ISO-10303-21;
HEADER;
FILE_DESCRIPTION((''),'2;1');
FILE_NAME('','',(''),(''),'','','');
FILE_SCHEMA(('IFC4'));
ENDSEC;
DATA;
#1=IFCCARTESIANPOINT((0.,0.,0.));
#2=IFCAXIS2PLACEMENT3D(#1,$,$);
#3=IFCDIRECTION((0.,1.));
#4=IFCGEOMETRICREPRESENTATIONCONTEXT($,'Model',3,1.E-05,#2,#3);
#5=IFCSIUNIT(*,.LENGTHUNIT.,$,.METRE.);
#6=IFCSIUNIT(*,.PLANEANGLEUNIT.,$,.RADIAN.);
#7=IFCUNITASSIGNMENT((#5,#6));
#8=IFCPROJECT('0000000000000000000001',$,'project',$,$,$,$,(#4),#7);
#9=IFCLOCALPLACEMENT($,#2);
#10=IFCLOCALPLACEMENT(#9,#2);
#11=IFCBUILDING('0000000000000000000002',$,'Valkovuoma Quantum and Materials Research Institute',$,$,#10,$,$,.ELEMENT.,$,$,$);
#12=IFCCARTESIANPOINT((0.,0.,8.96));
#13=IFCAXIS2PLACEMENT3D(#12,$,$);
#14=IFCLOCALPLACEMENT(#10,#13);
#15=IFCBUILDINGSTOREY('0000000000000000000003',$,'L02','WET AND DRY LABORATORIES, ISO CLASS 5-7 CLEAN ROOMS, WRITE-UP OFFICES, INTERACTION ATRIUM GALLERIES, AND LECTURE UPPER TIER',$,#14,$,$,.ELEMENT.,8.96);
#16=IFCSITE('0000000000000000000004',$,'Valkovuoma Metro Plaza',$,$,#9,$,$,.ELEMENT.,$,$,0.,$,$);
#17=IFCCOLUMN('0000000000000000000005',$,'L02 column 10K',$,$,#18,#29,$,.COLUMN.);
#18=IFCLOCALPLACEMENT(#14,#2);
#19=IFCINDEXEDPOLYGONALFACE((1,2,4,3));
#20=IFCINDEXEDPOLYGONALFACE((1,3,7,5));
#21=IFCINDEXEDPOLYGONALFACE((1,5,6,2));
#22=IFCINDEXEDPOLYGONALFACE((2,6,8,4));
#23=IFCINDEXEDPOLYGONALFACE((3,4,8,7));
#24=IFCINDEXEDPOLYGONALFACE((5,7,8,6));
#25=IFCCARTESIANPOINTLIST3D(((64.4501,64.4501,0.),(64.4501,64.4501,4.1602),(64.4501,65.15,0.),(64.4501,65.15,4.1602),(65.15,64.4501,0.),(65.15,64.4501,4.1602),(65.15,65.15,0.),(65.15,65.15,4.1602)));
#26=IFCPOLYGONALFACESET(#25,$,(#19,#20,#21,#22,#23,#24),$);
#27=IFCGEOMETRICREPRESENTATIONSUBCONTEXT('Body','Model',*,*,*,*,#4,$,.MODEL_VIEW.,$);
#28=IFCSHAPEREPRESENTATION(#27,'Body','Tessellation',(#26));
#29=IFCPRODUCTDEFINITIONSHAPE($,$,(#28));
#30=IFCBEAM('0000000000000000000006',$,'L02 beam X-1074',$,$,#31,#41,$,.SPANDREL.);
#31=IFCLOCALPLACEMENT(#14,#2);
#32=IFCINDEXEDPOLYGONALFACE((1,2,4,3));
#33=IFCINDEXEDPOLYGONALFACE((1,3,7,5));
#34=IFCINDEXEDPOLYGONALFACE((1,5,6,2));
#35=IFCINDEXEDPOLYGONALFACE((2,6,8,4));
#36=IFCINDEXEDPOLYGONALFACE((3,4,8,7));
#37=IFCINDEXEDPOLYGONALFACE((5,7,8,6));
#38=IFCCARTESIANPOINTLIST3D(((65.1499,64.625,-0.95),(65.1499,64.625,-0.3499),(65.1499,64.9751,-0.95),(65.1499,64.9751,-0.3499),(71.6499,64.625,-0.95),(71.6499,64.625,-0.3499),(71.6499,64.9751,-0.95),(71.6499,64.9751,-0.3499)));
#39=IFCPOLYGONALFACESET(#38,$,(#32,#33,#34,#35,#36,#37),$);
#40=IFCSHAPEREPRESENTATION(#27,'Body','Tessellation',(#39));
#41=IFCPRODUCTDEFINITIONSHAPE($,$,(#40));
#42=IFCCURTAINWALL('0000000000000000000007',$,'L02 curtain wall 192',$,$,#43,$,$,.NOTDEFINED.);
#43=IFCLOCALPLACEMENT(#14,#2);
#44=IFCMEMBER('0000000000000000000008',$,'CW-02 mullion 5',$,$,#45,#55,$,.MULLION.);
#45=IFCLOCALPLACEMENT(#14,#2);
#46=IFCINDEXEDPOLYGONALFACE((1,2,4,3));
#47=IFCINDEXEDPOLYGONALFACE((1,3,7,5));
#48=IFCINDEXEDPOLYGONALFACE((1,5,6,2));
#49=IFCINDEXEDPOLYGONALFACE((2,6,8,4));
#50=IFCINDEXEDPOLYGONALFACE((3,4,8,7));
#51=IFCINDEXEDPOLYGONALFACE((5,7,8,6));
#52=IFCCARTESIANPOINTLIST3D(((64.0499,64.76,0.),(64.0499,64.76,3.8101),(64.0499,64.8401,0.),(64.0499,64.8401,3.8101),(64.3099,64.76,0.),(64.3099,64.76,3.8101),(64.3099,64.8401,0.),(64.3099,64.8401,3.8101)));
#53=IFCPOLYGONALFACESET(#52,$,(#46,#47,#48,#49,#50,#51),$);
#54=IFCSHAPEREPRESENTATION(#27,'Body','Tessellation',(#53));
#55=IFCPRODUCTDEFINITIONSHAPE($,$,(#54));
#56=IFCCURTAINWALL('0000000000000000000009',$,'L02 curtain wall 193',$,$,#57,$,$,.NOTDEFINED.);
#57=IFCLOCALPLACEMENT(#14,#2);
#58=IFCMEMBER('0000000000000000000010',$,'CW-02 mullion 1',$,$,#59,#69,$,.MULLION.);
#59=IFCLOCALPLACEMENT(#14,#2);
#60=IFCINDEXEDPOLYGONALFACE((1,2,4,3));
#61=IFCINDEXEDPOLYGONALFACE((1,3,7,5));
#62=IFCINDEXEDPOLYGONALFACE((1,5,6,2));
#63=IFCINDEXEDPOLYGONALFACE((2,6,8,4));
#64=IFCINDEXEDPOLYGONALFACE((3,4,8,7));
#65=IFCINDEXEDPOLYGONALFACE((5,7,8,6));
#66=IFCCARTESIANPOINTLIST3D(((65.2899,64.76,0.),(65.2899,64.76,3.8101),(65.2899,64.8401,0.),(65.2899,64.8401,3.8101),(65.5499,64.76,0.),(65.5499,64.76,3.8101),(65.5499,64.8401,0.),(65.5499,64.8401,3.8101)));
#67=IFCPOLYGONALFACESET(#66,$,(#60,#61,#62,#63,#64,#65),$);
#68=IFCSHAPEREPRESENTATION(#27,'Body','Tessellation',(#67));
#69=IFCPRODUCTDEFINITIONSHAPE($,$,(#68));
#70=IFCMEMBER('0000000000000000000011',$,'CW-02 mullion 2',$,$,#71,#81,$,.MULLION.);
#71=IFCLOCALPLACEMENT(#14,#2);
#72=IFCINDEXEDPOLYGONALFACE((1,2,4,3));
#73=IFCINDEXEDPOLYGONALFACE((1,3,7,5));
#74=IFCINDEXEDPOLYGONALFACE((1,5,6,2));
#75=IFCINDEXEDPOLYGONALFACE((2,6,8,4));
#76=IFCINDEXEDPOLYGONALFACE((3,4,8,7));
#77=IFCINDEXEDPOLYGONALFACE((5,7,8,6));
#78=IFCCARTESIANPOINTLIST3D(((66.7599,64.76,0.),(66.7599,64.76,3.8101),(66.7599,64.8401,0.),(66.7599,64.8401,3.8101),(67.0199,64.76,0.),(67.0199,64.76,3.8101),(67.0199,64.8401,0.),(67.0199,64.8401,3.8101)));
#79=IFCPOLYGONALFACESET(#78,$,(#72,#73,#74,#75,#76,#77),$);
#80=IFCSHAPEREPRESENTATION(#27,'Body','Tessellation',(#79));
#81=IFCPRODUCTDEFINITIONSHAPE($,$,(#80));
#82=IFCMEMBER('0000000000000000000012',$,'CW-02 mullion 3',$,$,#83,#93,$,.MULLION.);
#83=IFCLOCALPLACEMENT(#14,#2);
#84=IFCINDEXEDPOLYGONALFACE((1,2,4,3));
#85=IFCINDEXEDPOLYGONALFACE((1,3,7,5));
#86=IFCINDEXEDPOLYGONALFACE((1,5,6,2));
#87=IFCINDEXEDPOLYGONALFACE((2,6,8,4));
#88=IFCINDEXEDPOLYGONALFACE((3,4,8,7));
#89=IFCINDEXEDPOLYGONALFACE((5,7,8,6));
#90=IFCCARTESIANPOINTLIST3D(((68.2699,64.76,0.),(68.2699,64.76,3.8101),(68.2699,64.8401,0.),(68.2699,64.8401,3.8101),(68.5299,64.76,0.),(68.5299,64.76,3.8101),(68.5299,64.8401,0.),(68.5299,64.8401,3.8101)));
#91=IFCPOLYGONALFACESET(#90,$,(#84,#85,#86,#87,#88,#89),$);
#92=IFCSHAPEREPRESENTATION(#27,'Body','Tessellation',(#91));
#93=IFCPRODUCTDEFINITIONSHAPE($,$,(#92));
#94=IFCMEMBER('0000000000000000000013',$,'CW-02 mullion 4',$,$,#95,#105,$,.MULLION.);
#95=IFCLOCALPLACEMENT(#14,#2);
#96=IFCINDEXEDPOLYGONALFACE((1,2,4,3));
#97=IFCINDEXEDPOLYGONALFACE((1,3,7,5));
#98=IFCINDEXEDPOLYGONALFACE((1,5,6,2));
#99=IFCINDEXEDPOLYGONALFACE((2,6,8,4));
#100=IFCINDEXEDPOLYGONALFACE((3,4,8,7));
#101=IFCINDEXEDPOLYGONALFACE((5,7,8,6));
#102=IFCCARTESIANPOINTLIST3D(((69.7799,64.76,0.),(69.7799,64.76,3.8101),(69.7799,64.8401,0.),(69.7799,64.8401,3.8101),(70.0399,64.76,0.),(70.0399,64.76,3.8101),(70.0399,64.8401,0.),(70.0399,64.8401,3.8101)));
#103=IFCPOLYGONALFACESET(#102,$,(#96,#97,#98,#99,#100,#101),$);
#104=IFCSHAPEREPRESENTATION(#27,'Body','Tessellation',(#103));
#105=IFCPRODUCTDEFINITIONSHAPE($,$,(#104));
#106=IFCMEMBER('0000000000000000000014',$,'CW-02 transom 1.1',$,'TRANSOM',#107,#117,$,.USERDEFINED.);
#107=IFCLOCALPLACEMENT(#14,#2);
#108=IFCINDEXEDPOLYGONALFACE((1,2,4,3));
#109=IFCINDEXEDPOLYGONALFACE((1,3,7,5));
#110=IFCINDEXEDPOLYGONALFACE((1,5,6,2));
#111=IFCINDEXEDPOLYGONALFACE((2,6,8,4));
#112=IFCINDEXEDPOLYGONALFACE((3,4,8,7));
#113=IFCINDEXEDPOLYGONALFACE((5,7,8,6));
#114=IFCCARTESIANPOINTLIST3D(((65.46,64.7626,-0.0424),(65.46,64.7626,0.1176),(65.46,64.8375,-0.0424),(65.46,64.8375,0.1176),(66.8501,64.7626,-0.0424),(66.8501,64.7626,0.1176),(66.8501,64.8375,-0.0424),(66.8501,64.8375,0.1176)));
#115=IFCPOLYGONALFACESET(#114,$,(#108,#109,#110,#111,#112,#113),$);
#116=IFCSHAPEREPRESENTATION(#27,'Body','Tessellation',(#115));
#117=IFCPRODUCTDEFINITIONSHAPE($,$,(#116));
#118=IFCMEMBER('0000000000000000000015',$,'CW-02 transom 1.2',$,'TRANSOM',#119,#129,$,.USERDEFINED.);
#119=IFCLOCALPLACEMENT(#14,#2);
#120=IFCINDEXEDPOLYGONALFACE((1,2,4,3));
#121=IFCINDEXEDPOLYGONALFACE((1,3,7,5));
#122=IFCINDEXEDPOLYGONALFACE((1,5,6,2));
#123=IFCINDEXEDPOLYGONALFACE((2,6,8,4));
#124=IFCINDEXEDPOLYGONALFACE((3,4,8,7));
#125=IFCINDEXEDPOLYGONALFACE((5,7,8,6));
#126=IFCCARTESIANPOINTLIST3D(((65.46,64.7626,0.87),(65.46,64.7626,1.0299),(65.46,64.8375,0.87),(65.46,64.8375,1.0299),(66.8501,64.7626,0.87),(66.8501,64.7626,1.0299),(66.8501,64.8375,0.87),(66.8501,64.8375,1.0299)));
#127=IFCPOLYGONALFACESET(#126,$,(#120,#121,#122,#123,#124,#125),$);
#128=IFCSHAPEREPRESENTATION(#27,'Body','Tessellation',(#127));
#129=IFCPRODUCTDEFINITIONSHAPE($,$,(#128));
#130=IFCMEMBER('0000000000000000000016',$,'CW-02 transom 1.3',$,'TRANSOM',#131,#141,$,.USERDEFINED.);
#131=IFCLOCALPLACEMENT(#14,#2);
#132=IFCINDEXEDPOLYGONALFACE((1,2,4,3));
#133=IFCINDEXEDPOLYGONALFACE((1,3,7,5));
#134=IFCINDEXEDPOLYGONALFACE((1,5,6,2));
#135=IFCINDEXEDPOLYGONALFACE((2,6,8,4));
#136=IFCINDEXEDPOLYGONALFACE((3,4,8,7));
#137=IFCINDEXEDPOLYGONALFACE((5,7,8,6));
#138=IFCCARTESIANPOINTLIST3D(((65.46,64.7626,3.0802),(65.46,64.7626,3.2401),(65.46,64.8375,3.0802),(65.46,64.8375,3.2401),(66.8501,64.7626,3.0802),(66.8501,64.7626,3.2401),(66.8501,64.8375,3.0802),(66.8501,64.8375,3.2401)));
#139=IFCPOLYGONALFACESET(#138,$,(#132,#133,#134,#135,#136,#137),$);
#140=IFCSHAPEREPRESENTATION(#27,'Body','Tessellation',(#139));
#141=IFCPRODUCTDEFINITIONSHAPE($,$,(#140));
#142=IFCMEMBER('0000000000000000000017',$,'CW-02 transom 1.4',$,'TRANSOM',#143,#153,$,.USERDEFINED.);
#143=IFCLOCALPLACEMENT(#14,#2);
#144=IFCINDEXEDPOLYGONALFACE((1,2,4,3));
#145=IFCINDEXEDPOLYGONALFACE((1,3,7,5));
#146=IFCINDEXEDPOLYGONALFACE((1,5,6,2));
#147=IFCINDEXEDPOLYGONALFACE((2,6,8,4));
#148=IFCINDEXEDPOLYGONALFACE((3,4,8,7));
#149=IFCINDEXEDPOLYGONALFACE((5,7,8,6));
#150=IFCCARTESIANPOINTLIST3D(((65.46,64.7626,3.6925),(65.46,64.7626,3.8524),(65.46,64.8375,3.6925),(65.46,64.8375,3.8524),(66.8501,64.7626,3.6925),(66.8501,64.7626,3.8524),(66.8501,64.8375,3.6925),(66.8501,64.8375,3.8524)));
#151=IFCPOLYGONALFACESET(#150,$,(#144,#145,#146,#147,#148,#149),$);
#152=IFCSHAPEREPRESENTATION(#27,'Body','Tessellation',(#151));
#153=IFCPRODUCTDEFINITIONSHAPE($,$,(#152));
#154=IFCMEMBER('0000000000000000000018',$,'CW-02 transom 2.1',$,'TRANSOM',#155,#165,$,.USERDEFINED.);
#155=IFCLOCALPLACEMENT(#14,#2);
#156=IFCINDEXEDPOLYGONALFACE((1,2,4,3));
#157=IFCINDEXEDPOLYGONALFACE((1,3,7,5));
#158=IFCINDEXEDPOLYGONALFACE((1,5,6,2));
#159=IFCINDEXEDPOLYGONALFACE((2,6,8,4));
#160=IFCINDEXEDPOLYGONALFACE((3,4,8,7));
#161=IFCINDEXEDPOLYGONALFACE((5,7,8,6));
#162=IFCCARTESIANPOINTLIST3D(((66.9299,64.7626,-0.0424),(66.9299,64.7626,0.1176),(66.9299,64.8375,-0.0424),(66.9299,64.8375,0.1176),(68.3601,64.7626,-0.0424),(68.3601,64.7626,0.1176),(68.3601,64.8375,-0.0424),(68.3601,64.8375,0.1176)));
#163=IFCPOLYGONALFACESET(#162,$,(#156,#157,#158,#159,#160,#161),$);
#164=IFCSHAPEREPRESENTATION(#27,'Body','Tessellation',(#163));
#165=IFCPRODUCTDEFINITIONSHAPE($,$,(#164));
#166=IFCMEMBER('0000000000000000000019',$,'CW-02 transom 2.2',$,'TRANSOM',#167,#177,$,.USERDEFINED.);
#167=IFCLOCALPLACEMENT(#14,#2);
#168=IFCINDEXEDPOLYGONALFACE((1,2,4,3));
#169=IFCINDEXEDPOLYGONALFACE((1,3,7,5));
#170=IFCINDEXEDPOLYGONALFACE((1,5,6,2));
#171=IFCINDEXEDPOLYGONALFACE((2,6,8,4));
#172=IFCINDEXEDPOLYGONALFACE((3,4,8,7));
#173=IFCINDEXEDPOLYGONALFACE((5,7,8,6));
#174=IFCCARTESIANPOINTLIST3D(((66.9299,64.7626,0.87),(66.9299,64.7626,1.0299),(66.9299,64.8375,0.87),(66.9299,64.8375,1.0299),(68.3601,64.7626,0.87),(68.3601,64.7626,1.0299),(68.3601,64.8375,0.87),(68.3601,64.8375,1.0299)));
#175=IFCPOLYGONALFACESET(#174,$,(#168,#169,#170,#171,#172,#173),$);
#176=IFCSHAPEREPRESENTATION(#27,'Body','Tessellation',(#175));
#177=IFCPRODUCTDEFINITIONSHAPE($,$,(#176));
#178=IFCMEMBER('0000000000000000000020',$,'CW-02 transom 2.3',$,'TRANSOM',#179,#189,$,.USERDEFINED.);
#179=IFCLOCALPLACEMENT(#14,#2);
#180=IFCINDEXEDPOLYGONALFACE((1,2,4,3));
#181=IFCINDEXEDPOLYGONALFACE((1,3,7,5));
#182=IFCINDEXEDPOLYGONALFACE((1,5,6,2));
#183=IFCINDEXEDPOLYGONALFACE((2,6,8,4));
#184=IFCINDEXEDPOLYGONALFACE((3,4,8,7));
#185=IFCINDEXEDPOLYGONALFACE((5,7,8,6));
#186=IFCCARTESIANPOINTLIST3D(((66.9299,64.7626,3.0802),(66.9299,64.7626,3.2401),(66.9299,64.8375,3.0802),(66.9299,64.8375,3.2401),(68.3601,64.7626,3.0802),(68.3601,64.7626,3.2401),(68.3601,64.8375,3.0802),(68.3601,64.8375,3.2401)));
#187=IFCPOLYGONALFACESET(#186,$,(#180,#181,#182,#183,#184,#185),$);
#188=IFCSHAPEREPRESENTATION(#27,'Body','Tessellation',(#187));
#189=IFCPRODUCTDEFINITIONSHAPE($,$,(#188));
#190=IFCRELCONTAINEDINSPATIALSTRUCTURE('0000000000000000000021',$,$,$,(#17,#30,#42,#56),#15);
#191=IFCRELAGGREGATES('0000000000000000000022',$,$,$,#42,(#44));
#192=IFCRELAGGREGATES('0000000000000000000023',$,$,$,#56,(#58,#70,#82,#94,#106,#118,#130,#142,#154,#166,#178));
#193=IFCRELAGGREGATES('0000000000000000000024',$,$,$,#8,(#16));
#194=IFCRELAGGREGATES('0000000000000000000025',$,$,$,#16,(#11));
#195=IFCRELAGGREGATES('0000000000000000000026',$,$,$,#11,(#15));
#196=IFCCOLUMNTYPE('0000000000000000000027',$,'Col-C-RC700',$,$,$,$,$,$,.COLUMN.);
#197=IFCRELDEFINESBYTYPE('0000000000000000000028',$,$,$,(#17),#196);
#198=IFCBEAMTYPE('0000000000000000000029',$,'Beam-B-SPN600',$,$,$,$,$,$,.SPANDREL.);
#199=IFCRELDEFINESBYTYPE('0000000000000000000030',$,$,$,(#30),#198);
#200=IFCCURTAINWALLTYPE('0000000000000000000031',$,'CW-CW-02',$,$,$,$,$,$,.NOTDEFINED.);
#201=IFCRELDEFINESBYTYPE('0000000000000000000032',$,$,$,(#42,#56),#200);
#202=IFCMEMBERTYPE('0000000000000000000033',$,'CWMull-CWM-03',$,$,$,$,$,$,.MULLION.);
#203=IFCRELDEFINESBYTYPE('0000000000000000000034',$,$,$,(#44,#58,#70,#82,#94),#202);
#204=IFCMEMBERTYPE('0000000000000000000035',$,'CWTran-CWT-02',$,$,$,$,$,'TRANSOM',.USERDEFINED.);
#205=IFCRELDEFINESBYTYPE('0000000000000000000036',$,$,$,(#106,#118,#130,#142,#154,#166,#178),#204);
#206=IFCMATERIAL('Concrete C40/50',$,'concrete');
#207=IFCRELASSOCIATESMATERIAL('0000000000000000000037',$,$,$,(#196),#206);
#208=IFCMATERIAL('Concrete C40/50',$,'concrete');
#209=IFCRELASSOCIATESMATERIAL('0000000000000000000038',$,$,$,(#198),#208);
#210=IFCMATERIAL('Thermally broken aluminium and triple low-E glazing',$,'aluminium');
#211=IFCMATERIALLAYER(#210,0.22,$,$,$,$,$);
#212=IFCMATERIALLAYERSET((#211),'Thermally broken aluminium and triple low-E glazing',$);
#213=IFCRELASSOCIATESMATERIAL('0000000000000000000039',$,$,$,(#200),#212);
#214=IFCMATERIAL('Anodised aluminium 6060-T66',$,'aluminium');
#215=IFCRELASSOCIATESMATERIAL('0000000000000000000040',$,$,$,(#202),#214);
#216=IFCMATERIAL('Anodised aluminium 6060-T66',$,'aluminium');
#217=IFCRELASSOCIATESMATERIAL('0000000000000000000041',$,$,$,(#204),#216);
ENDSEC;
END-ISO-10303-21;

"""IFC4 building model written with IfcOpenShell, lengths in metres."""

from ifc_helpers import new_model, si_unit, direction, frame, origin, origin_2d, place, context, subcontext, project, spatial, rectangle, extrude, material, layer, layer_set, material_profile, profile_set, type_object, element, aggregate, save


model = new_model("IFC4")

# Units and contexts
model_context = context("Model", 3, precision=1e-05, world=origin(), true_north=direction((0.0, 1.0)))
body_context = subcontext(model_context, "Body", "Model", "MODEL_VIEW")
ifc_project = project(units=[si_unit("LENGTHUNIT", "METRE"), si_unit("PLANEANGLEUNIT", "RADIAN")], contexts=[model_context])

# Site, building, storey
site_placement = place(None, origin())
site = spatial("IfcSite", under=ifc_project, at=site_placement, Name="Valkovuoma Metro Plaza", CompositionType="ELEMENT", RefElevation=0.0)
building_placement = place(site_placement, origin())
building = spatial("IfcBuilding", under=site, at=building_placement, Name="Valkovuoma Quantum and Materials Research Institute", CompositionType="ELEMENT")
storey_placement = place(building_placement, frame((0.0, 0.0, 8.96)))
storey = spatial("IfcBuildingStorey", under=building, at=storey_placement, Name="L02", Description="WET AND DRY LABORATORIES, ISO CLASS 5-7 CLEAN ROOMS, WRITE-UP OFFICES, INTERACTION ATRIUM GALLERIES, AND LECTURE UPPER TIER", CompositionType="ELEMENT", Elevation=8.96)

# Column
ifc_material_1 = material(Name="Concrete C40/50", Category="concrete")
ifc_material_profile_1 = material_profile(ifc_material_1, rectangle(XDim=0.7, YDim=0.7, at=origin_2d()), Name="Concrete C40/50")
ifc_profile_set_1 = profile_set([ifc_material_profile_1], Name="Concrete C40/50")
column_type = type_object("IfcColumnType", Name="Col-C-RC700", PredefinedType="COLUMN", material=ifc_profile_set_1)
column_placement = place(storey_placement, frame((64.8, 64.8, 0.0), z_axis=(0.0, 0.0, 1.0), x_axis=(1.0, 0.0, 0.0)))
element("IfcColumn", 1, at=column_placement, inside=storey, type_object=column_type, Name="L02 column 10K", PredefinedType="COLUMN", context=body_context, shape_type="SweptSolid", body=[
    extrude(rectangle(XDim=0.7, YDim=0.7, at=origin_2d()), origin(), (0.0, 0.0, 1.0), 4.1602),
])

# Beam
ifc_material_2 = material(Name="Concrete C40/50", Category="concrete")
ifc_material_profile_2 = material_profile(ifc_material_2, rectangle(XDim=0.3501, YDim=0.6001, at=origin_2d()), Name="Concrete C40/50")
ifc_profile_set_2 = profile_set([ifc_material_profile_2], Name="Concrete C40/50")
beam_type = type_object("IfcBeamType", Name="Beam-B-SPN600", PredefinedType="SPANDREL", material=ifc_profile_set_2)
beam_placement = place(storey_placement, frame((65.1499, 64.8, -0.6499), z_axis=(1.0, 0.0, 0.0), x_axis=(0.0, 1.0, 0.0)))
element("IfcBeam", 2, at=beam_placement, inside=storey, type_object=beam_type, Name="L02 beam X-1074", PredefinedType="SPANDREL", context=body_context, shape_type="SweptSolid", body=[
    extrude(rectangle(XDim=0.3501, YDim=0.6001, at=origin_2d()), origin(), (0.0, 0.0, 1.0), 6.5),
])

# Curtain wall, member
ifc_material_3 = material(Name="Thermally broken aluminium and triple low-E glazing", Category="aluminium")
ifc_layer_1 = layer(ifc_material_3, 0.22)
ifc_layer_set_1 = layer_set([ifc_layer_1], Name="Thermally broken aluminium and triple low-E glazing")
curtain_wall_type = type_object("IfcCurtainWallType", Name="CW-CW-02", PredefinedType="NOTDEFINED", material=ifc_layer_set_1)
curtain_wall_1_placement = place(storey_placement, origin())
curtain_wall_1 = element("IfcCurtainWall", 3, at=curtain_wall_1_placement, inside=storey, type_object=curtain_wall_type, Name="L02 curtain wall 192", PredefinedType="NOTDEFINED")
ifc_material_4 = material(Name="Anodised aluminium 6060-T66", Category="aluminium")
ifc_material_profile_3 = material_profile(ifc_material_4, rectangle(XDim=0.0801, YDim=0.26, at=origin_2d()), Name="Anodised aluminium 6060-T66")
ifc_profile_set_3 = profile_set([ifc_material_profile_3], Name="Anodised aluminium 6060-T66")
member_type_1 = type_object("IfcMemberType", Name="CWMull-CWM-03", PredefinedType="MULLION", material=ifc_profile_set_3)
member_1_placement = place(storey_placement, frame((64.1799, 64.8, 0.0), z_axis=(0.0, 0.0, 1.0), x_axis=(0.0, 1.0, 0.0)))
member_1 = element("IfcMember", 4, at=member_1_placement, type_object=member_type_1, Name="CW-02 mullion 5", PredefinedType="MULLION", context=body_context, shape_type="SweptSolid", body=[
    extrude(rectangle(XDim=0.0801, YDim=0.26, at=origin_2d()), origin(), (0.0, 0.0, 1.0), 3.8101),
])

# Curtain wall, members
curtain_wall_2_placement = place(storey_placement, origin())
curtain_wall_2 = element("IfcCurtainWall", 5, at=curtain_wall_2_placement, inside=storey, type_object=curtain_wall_type, Name="L02 curtain wall 193", PredefinedType="NOTDEFINED")
member_2_placement = place(storey_placement, frame((65.4199, 64.8, 0.0), z_axis=(0.0, 0.0, 1.0), x_axis=(0.0, 1.0, 0.0)))
member_2 = element("IfcMember", 6, at=member_2_placement, type_object=member_type_1, Name="CW-02 mullion 1", PredefinedType="MULLION", context=body_context, shape_type="SweptSolid", body=[
    extrude(rectangle(XDim=0.0801, YDim=0.26, at=origin_2d()), origin(), (0.0, 0.0, 1.0), 3.8101),
])
member_3_placement = place(storey_placement, frame((66.8899, 64.8, 0.0), z_axis=(0.0, 0.0, 1.0), x_axis=(0.0, 1.0, 0.0)))
member_3 = element("IfcMember", 7, at=member_3_placement, type_object=member_type_1, Name="CW-02 mullion 2", PredefinedType="MULLION", context=body_context, shape_type="SweptSolid", body=[
    extrude(rectangle(XDim=0.0801, YDim=0.26, at=origin_2d()), origin(), (0.0, 0.0, 1.0), 3.8101),
])
member_4_placement = place(storey_placement, frame((68.3999, 64.8, 0.0), z_axis=(0.0, 0.0, 1.0), x_axis=(0.0, 1.0, 0.0)))
member_4 = element("IfcMember", 8, at=member_4_placement, type_object=member_type_1, Name="CW-02 mullion 3", PredefinedType="MULLION", context=body_context, shape_type="SweptSolid", body=[
    extrude(rectangle(XDim=0.0801, YDim=0.26, at=origin_2d()), origin(), (0.0, 0.0, 1.0), 3.8101),
])
member_5_placement = place(storey_placement, frame((69.9099, 64.8, 0.0), z_axis=(0.0, 0.0, 1.0), x_axis=(0.0, 1.0, 0.0)))
member_5 = element("IfcMember", 9, at=member_5_placement, type_object=member_type_1, Name="CW-02 mullion 4", PredefinedType="MULLION", context=body_context, shape_type="SweptSolid", body=[
    extrude(rectangle(XDim=0.0801, YDim=0.26, at=origin_2d()), origin(), (0.0, 0.0, 1.0), 3.8101),
])
ifc_material_5 = material(Name="Anodised aluminium 6060-T66", Category="aluminium")
ifc_material_profile_4 = material_profile(ifc_material_5, rectangle(XDim=0.075, YDim=0.1599, at=origin_2d()), Name="Anodised aluminium 6060-T66")
ifc_profile_set_4 = profile_set([ifc_material_profile_4], Name="Anodised aluminium 6060-T66")
member_type_2 = type_object("IfcMemberType", Name="CWTran-CWT-02", ElementType="TRANSOM", PredefinedType="USERDEFINED", material=ifc_profile_set_4)
member_6_placement = place(storey_placement, frame((65.46, 64.8, 0.0376), z_axis=(1.0, 0.0, 0.0), x_axis=(0.0, 1.0, 0.0)))
member_6 = element("IfcMember", 10, at=member_6_placement, type_object=member_type_2, Name="CW-02 transom 1.1", ObjectType="TRANSOM", PredefinedType="USERDEFINED", context=body_context, shape_type="SweptSolid", body=[
    extrude(rectangle(XDim=0.075, YDim=0.1599, at=origin_2d()), origin(), (0.0, 0.0, 1.0), 1.3901),
])
member_7_placement = place(storey_placement, frame((65.46, 64.8, 0.95), z_axis=(1.0, 0.0, 0.0), x_axis=(0.0, 1.0, 0.0)))
member_7 = element("IfcMember", 11, at=member_7_placement, type_object=member_type_2, Name="CW-02 transom 1.2", ObjectType="TRANSOM", PredefinedType="USERDEFINED", context=body_context, shape_type="SweptSolid", body=[
    extrude(rectangle(XDim=0.075, YDim=0.1599, at=origin_2d()), origin(), (0.0, 0.0, 1.0), 1.3901),
])
member_8_placement = place(storey_placement, frame((65.46, 64.8, 3.1602), z_axis=(1.0, 0.0, 0.0), x_axis=(0.0, 1.0, 0.0)))
member_8 = element("IfcMember", 12, at=member_8_placement, type_object=member_type_2, Name="CW-02 transom 1.3", ObjectType="TRANSOM", PredefinedType="USERDEFINED", context=body_context, shape_type="SweptSolid", body=[
    extrude(rectangle(XDim=0.075, YDim=0.1599, at=origin_2d()), origin(), (0.0, 0.0, 1.0), 1.3901),
])
member_9_placement = place(storey_placement, frame((65.46, 64.8, 3.7725), z_axis=(1.0, 0.0, 0.0), x_axis=(0.0, 1.0, 0.0)))
member_9 = element("IfcMember", 13, at=member_9_placement, type_object=member_type_2, Name="CW-02 transom 1.4", ObjectType="TRANSOM", PredefinedType="USERDEFINED", context=body_context, shape_type="SweptSolid", body=[
    extrude(rectangle(XDim=0.075, YDim=0.1599, at=origin_2d()), origin(), (0.0, 0.0, 1.0), 1.3901),
])
member_10_placement = place(storey_placement, frame((66.9299, 64.8, 0.0376), z_axis=(1.0, 0.0, 0.0), x_axis=(0.0, 1.0, 0.0)))
member_10 = element("IfcMember", 14, at=member_10_placement, type_object=member_type_2, Name="CW-02 transom 2.1", ObjectType="TRANSOM", PredefinedType="USERDEFINED", context=body_context, shape_type="SweptSolid", body=[
    extrude(rectangle(XDim=0.075, YDim=0.1599, at=origin_2d()), origin(), (0.0, 0.0, 1.0), 1.4302),
])
member_11_placement = place(storey_placement, frame((66.9299, 64.8, 0.95), z_axis=(1.0, 0.0, 0.0), x_axis=(0.0, 1.0, 0.0)))
member_11 = element("IfcMember", 15, at=member_11_placement, type_object=member_type_2, Name="CW-02 transom 2.2", ObjectType="TRANSOM", PredefinedType="USERDEFINED", context=body_context, shape_type="SweptSolid", body=[
    extrude(rectangle(XDim=0.075, YDim=0.1599, at=origin_2d()), origin(), (0.0, 0.0, 1.0), 1.4302),
])
member_12_placement = place(storey_placement, frame((66.9299, 64.8, 3.1602), z_axis=(1.0, 0.0, 0.0), x_axis=(0.0, 1.0, 0.0)))
member_12 = element("IfcMember", 16, at=member_12_placement, type_object=member_type_2, Name="CW-02 transom 2.3", ObjectType="TRANSOM", PredefinedType="USERDEFINED", context=body_context, shape_type="SweptSolid", body=[
    extrude(rectangle(XDim=0.075, YDim=0.1599, at=origin_2d()), origin(), (0.0, 0.0, 1.0), 1.4302),
])

aggregate(curtain_wall_1, [member_1])
aggregate(curtain_wall_2, [member_2, member_3, member_4, member_5, member_6, member_7, member_8, member_9, member_10, member_11, member_12])

save(model, "model.ifc")
